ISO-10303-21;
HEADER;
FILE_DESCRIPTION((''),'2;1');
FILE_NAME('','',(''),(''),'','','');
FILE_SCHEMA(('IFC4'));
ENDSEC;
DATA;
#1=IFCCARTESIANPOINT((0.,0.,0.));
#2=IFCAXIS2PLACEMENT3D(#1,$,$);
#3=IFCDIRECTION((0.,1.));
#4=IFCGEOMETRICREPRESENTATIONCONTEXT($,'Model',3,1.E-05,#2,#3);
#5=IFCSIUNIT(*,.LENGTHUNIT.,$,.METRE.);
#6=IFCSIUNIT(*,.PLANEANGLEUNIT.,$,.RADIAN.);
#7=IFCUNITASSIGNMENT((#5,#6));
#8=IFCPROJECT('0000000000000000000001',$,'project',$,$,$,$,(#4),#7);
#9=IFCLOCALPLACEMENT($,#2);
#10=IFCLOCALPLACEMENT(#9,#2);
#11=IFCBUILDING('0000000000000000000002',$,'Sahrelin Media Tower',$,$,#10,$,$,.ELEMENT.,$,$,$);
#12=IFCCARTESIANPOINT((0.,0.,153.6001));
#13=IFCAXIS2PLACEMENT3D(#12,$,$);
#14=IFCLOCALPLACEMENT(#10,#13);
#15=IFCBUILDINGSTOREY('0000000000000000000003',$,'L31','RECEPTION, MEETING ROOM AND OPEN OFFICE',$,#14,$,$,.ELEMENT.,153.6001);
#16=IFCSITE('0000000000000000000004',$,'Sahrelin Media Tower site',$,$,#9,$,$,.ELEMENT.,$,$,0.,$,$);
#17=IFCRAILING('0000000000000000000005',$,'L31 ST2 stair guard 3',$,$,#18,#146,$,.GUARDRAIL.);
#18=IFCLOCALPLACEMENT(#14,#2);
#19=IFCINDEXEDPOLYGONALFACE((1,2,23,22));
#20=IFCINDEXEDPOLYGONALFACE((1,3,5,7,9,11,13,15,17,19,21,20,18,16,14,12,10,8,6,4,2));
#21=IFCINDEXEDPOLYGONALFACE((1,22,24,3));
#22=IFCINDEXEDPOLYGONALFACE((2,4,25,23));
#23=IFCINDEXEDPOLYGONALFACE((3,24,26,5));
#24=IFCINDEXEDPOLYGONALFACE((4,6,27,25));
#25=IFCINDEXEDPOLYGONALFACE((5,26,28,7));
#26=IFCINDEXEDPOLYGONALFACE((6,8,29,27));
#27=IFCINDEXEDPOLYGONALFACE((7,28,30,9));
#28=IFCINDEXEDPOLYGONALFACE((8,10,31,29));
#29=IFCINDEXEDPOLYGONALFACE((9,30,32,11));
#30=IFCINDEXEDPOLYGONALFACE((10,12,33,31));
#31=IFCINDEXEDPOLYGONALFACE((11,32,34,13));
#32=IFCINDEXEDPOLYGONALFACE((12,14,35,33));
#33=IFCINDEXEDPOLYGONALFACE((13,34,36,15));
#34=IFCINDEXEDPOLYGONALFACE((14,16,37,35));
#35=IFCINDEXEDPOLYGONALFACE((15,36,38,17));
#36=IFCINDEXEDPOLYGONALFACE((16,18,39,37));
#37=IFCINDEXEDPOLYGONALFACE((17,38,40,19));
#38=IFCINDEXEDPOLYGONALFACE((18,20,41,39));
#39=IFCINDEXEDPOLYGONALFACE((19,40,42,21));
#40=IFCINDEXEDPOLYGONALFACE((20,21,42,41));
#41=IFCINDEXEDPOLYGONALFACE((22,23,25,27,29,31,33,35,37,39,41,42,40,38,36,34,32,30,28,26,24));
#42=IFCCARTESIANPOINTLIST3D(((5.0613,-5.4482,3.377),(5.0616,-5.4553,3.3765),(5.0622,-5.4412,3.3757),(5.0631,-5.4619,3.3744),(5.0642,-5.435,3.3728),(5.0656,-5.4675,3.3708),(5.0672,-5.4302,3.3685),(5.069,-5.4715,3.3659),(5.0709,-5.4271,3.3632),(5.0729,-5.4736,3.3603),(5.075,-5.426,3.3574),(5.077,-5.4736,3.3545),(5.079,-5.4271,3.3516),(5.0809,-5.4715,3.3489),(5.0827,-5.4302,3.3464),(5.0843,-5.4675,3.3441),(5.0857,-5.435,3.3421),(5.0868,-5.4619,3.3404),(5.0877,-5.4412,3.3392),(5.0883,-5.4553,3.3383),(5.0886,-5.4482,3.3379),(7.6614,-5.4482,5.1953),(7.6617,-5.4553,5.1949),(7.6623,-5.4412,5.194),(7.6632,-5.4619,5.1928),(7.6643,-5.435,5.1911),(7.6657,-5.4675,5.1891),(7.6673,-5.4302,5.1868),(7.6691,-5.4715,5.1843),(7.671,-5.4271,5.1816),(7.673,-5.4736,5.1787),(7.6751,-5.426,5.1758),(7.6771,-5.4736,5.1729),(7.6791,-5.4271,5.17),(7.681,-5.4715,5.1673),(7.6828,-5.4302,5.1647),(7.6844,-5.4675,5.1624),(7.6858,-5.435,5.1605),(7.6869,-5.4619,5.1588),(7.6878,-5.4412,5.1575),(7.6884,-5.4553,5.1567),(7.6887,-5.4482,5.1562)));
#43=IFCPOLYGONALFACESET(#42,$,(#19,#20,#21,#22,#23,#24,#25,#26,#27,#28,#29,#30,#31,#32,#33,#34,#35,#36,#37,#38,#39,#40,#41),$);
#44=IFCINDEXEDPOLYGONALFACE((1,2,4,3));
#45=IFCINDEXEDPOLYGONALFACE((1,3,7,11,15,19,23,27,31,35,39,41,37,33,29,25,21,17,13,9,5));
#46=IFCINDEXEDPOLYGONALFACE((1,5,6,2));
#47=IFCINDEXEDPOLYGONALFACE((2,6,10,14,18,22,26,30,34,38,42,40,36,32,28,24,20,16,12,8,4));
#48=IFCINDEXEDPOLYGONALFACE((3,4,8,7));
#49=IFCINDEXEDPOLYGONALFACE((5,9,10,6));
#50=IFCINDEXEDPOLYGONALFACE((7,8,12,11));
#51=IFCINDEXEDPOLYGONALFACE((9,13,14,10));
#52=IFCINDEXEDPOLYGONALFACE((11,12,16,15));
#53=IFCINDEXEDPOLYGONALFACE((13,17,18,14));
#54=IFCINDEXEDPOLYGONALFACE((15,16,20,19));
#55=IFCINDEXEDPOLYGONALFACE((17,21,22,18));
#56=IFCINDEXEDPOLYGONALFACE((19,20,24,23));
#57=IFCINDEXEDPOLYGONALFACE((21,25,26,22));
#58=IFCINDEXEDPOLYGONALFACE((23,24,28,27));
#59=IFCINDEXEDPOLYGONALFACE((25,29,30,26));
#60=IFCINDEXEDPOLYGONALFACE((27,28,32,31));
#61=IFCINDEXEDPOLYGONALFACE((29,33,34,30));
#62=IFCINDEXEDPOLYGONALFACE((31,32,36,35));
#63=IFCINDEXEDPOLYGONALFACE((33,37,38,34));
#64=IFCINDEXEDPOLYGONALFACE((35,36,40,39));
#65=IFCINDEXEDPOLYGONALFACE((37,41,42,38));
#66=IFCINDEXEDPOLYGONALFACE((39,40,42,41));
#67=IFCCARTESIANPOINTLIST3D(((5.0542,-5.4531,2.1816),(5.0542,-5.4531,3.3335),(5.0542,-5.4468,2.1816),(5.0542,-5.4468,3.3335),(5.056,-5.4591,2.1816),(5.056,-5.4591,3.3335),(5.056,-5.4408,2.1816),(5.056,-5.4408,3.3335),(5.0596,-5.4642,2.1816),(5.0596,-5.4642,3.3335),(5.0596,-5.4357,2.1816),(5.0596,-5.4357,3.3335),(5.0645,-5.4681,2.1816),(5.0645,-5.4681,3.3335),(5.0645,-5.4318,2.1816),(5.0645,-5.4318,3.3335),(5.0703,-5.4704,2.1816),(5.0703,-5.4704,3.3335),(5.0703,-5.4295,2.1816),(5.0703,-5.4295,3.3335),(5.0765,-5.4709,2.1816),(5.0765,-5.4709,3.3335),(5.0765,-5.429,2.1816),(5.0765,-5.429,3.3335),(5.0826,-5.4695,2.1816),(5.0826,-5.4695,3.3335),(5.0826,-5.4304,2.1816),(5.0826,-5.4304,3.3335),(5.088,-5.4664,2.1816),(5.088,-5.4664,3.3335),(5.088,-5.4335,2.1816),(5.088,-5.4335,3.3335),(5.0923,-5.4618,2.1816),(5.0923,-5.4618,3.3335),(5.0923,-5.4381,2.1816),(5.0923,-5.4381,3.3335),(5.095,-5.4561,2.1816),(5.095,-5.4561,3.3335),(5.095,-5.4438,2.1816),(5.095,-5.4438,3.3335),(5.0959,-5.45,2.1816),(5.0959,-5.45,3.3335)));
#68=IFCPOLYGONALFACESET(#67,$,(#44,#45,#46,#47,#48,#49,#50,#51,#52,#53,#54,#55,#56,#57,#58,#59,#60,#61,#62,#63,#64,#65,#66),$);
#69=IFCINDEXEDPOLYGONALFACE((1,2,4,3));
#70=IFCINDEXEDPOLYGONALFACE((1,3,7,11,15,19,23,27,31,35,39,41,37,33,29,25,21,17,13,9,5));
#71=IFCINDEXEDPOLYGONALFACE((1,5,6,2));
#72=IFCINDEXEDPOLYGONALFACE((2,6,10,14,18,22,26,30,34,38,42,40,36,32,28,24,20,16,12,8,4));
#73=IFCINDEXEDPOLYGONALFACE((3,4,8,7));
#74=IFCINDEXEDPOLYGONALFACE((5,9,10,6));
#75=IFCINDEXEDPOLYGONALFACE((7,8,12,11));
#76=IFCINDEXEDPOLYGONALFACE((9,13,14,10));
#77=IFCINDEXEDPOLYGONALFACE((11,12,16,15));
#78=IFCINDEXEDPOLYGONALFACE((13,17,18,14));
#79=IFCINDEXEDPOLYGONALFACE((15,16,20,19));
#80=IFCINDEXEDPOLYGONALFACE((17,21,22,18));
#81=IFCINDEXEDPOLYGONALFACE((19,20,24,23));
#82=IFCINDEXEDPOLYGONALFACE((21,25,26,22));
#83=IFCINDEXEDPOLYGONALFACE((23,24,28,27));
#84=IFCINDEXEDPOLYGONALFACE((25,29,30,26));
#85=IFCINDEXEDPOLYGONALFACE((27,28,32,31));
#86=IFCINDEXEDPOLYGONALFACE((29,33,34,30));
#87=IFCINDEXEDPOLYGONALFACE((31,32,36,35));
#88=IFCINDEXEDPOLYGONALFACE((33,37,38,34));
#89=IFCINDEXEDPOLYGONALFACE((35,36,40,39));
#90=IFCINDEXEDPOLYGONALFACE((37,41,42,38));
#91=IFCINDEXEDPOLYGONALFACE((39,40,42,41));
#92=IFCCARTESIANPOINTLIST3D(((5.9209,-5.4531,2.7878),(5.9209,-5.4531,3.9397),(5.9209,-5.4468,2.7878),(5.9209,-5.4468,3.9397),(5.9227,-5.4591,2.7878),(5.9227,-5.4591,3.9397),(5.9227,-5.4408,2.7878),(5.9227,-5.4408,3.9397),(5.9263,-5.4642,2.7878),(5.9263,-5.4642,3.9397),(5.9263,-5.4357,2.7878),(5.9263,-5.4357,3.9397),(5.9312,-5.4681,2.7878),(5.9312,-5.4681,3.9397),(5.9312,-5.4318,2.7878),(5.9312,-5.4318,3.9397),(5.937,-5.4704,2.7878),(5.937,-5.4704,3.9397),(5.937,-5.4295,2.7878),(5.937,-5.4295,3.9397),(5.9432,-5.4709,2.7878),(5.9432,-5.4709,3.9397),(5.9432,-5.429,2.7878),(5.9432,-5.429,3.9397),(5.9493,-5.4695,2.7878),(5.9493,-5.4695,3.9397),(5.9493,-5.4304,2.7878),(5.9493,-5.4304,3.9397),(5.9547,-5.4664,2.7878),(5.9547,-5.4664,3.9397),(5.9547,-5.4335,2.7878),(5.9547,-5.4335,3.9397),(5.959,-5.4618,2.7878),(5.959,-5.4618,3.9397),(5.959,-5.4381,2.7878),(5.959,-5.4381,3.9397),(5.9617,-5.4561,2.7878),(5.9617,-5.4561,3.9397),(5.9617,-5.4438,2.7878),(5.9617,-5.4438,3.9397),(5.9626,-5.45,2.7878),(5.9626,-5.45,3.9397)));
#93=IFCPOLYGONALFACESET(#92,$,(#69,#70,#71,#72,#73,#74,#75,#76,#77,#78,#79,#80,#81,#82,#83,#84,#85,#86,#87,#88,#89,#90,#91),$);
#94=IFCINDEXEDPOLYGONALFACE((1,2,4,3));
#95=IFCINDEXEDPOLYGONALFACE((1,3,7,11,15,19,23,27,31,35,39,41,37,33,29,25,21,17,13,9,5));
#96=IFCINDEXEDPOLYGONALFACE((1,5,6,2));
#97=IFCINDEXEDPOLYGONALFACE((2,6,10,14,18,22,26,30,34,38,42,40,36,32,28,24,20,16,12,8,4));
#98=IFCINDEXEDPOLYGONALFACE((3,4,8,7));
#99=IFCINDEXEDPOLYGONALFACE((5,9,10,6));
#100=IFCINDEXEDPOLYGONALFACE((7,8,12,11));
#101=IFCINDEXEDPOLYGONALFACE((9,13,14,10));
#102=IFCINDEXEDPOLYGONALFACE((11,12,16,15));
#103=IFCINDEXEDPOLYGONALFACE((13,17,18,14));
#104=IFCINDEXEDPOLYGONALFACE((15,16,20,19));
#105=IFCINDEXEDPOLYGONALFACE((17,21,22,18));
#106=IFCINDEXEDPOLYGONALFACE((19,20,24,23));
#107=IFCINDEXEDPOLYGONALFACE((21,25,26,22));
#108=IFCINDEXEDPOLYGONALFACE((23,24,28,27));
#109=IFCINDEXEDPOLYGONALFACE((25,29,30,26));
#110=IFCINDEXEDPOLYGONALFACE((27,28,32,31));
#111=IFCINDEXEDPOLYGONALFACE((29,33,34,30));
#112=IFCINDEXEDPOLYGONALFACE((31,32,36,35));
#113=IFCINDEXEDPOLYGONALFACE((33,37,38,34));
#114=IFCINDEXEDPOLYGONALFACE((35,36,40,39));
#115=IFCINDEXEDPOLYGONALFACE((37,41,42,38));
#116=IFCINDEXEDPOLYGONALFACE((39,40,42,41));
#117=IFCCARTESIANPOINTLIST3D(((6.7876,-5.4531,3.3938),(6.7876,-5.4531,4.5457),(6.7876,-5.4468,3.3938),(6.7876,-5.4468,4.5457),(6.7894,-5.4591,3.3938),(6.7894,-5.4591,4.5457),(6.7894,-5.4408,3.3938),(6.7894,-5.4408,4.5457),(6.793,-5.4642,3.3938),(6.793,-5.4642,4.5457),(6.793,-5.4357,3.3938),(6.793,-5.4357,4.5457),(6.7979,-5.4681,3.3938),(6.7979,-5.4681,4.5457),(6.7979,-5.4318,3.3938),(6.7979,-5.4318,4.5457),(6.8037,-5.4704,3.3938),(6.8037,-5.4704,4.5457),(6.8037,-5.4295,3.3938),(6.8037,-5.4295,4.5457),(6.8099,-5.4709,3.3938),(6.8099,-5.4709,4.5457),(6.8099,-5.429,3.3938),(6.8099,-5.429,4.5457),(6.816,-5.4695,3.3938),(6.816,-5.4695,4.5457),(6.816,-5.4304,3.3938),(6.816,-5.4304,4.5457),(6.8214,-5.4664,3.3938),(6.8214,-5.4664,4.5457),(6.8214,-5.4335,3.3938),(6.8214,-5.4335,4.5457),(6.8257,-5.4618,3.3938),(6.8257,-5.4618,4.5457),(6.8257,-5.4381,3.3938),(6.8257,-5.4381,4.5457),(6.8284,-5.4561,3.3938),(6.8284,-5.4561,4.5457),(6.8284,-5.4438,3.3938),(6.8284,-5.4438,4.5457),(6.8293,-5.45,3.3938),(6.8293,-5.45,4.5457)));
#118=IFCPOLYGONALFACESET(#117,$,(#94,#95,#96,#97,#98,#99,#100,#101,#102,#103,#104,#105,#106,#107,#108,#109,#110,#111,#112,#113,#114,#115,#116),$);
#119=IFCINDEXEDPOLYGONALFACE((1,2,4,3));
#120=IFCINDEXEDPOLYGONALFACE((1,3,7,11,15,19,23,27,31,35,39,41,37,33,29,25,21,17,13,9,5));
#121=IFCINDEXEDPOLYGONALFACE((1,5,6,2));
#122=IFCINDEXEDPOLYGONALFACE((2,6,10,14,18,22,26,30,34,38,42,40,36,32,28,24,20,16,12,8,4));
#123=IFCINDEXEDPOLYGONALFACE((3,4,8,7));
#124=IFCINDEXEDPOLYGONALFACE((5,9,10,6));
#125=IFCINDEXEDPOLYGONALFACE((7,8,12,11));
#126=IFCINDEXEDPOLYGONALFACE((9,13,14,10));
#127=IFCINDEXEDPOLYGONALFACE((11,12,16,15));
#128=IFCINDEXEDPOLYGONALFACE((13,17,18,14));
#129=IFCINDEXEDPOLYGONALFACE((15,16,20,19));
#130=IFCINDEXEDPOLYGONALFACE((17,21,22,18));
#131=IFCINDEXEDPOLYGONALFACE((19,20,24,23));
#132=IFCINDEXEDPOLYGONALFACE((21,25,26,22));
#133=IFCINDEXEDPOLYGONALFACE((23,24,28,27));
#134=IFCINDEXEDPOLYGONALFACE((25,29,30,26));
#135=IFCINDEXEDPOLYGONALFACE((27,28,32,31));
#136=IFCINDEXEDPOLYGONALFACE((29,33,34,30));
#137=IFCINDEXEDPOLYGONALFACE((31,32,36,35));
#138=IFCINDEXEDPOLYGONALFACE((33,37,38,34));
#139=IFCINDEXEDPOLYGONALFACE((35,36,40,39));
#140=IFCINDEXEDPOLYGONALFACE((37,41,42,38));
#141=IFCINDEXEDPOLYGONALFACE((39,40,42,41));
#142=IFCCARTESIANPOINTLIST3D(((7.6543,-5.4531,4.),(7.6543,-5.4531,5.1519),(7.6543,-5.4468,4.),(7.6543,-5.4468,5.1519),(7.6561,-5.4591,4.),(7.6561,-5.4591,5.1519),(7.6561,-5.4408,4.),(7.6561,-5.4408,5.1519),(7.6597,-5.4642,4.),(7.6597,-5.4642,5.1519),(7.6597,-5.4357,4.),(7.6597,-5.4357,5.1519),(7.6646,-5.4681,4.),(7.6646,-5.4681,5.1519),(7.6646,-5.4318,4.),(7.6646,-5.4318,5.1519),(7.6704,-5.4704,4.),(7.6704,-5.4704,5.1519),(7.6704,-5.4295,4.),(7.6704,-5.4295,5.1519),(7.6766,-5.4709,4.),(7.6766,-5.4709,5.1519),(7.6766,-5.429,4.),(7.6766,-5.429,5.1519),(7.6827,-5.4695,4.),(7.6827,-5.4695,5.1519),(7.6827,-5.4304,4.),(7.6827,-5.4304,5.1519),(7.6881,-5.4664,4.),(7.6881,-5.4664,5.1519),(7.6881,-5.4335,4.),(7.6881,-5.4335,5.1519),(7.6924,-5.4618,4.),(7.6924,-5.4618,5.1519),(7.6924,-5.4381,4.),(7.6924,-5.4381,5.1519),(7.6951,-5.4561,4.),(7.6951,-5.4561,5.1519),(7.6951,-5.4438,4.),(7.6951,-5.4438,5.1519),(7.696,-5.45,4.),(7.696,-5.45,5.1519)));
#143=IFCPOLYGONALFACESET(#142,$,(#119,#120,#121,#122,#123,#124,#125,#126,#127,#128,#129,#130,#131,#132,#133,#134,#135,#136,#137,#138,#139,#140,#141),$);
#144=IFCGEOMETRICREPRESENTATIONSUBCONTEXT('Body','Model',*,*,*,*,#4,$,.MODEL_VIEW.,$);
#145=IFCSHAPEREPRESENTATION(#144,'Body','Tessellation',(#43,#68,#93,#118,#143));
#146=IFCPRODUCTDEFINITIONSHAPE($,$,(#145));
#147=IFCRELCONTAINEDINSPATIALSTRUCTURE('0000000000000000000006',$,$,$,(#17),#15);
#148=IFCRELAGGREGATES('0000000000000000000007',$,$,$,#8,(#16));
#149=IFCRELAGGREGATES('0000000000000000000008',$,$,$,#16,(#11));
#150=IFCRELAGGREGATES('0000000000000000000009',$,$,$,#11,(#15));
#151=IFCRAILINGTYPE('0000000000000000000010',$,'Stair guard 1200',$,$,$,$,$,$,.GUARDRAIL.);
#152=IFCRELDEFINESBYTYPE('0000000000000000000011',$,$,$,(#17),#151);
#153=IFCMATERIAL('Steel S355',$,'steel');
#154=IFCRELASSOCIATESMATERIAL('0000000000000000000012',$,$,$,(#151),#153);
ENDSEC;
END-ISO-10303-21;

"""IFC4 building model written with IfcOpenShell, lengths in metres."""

from ifc_helpers import new_model, si_unit, direction, frame, origin, origin_2d, place, context, subcontext, project, spatial, circle, extrude, material, type_object, element, save


model = new_model("IFC4")

# Units and contexts
model_context = context("Model", 3, precision=1e-05, world=origin(), true_north=direction((0.0, 1.0)))
body_context = subcontext(model_context, "Body", "Model", "MODEL_VIEW")
ifc_project = project(units=[si_unit("LENGTHUNIT", "METRE"), si_unit("PLANEANGLEUNIT", "RADIAN")], contexts=[model_context])

# Site, building, storey
site_placement = place(None, origin())
site = spatial("IfcSite", under=ifc_project, at=site_placement, Name="Sahrelin Media Tower site", CompositionType="ELEMENT", RefElevation=0.0)
building_placement = place(site_placement, origin())
building = spatial("IfcBuilding", under=site, at=building_placement, Name="Sahrelin Media Tower", CompositionType="ELEMENT")
storey_placement = place(building_placement, frame((0.0, 0.0, 153.6001)))
storey = spatial("IfcBuildingStorey", under=building, at=storey_placement, Name="L31", Description="RECEPTION, MEETING ROOM AND OPEN OFFICE", CompositionType="ELEMENT", Elevation=153.6001)

# Railing
ifc_material_1 = material(Name="Steel S355", Category="steel")
railing_type_1 = type_object("IfcRailingType", Name="Stair guard 1200", PredefinedType="GUARDRAIL", material=ifc_material_1)
railing_1_placement = place(storey_placement, frame((5.075, -5.45, 2.1816)))
element("IfcRailing", 1, at=railing_1_placement, inside=storey, type_object=railing_type_1, Name="L31 ST2 stair guard 3", PredefinedType="GUARDRAIL", context=body_context, shape_type="SweptSolid", body=[
    extrude(circle(Radius=0.0239, at=origin_2d()), frame((0.0, 0.0, 1.1758), z_axis=(0.819485, 0.0, 0.573101), x_axis=(0.0, 1.0, 0.0)), (0.0, 0.0, 1.0), 3.1729),
    extrude(circle(Radius=0.021, at=origin_2d()), origin(), (0.0, 0.0, 1.0), 1.1519),
    extrude(circle(Radius=0.021, at=origin_2d()), frame((0.8667, 0.0, 0.6062)), (0.0, 0.0, 1.0), 1.1519),
    extrude(circle(Radius=0.021, at=origin_2d()), frame((1.7334, 0.0, 1.2122)), (0.0, 0.0, 1.0), 1.1519),
    extrude(circle(Radius=0.021, at=origin_2d()), frame((2.6001, 0.0, 1.8184)), (0.0, 0.0, 1.0), 1.1519),
])

save(model, "model.ifc")
